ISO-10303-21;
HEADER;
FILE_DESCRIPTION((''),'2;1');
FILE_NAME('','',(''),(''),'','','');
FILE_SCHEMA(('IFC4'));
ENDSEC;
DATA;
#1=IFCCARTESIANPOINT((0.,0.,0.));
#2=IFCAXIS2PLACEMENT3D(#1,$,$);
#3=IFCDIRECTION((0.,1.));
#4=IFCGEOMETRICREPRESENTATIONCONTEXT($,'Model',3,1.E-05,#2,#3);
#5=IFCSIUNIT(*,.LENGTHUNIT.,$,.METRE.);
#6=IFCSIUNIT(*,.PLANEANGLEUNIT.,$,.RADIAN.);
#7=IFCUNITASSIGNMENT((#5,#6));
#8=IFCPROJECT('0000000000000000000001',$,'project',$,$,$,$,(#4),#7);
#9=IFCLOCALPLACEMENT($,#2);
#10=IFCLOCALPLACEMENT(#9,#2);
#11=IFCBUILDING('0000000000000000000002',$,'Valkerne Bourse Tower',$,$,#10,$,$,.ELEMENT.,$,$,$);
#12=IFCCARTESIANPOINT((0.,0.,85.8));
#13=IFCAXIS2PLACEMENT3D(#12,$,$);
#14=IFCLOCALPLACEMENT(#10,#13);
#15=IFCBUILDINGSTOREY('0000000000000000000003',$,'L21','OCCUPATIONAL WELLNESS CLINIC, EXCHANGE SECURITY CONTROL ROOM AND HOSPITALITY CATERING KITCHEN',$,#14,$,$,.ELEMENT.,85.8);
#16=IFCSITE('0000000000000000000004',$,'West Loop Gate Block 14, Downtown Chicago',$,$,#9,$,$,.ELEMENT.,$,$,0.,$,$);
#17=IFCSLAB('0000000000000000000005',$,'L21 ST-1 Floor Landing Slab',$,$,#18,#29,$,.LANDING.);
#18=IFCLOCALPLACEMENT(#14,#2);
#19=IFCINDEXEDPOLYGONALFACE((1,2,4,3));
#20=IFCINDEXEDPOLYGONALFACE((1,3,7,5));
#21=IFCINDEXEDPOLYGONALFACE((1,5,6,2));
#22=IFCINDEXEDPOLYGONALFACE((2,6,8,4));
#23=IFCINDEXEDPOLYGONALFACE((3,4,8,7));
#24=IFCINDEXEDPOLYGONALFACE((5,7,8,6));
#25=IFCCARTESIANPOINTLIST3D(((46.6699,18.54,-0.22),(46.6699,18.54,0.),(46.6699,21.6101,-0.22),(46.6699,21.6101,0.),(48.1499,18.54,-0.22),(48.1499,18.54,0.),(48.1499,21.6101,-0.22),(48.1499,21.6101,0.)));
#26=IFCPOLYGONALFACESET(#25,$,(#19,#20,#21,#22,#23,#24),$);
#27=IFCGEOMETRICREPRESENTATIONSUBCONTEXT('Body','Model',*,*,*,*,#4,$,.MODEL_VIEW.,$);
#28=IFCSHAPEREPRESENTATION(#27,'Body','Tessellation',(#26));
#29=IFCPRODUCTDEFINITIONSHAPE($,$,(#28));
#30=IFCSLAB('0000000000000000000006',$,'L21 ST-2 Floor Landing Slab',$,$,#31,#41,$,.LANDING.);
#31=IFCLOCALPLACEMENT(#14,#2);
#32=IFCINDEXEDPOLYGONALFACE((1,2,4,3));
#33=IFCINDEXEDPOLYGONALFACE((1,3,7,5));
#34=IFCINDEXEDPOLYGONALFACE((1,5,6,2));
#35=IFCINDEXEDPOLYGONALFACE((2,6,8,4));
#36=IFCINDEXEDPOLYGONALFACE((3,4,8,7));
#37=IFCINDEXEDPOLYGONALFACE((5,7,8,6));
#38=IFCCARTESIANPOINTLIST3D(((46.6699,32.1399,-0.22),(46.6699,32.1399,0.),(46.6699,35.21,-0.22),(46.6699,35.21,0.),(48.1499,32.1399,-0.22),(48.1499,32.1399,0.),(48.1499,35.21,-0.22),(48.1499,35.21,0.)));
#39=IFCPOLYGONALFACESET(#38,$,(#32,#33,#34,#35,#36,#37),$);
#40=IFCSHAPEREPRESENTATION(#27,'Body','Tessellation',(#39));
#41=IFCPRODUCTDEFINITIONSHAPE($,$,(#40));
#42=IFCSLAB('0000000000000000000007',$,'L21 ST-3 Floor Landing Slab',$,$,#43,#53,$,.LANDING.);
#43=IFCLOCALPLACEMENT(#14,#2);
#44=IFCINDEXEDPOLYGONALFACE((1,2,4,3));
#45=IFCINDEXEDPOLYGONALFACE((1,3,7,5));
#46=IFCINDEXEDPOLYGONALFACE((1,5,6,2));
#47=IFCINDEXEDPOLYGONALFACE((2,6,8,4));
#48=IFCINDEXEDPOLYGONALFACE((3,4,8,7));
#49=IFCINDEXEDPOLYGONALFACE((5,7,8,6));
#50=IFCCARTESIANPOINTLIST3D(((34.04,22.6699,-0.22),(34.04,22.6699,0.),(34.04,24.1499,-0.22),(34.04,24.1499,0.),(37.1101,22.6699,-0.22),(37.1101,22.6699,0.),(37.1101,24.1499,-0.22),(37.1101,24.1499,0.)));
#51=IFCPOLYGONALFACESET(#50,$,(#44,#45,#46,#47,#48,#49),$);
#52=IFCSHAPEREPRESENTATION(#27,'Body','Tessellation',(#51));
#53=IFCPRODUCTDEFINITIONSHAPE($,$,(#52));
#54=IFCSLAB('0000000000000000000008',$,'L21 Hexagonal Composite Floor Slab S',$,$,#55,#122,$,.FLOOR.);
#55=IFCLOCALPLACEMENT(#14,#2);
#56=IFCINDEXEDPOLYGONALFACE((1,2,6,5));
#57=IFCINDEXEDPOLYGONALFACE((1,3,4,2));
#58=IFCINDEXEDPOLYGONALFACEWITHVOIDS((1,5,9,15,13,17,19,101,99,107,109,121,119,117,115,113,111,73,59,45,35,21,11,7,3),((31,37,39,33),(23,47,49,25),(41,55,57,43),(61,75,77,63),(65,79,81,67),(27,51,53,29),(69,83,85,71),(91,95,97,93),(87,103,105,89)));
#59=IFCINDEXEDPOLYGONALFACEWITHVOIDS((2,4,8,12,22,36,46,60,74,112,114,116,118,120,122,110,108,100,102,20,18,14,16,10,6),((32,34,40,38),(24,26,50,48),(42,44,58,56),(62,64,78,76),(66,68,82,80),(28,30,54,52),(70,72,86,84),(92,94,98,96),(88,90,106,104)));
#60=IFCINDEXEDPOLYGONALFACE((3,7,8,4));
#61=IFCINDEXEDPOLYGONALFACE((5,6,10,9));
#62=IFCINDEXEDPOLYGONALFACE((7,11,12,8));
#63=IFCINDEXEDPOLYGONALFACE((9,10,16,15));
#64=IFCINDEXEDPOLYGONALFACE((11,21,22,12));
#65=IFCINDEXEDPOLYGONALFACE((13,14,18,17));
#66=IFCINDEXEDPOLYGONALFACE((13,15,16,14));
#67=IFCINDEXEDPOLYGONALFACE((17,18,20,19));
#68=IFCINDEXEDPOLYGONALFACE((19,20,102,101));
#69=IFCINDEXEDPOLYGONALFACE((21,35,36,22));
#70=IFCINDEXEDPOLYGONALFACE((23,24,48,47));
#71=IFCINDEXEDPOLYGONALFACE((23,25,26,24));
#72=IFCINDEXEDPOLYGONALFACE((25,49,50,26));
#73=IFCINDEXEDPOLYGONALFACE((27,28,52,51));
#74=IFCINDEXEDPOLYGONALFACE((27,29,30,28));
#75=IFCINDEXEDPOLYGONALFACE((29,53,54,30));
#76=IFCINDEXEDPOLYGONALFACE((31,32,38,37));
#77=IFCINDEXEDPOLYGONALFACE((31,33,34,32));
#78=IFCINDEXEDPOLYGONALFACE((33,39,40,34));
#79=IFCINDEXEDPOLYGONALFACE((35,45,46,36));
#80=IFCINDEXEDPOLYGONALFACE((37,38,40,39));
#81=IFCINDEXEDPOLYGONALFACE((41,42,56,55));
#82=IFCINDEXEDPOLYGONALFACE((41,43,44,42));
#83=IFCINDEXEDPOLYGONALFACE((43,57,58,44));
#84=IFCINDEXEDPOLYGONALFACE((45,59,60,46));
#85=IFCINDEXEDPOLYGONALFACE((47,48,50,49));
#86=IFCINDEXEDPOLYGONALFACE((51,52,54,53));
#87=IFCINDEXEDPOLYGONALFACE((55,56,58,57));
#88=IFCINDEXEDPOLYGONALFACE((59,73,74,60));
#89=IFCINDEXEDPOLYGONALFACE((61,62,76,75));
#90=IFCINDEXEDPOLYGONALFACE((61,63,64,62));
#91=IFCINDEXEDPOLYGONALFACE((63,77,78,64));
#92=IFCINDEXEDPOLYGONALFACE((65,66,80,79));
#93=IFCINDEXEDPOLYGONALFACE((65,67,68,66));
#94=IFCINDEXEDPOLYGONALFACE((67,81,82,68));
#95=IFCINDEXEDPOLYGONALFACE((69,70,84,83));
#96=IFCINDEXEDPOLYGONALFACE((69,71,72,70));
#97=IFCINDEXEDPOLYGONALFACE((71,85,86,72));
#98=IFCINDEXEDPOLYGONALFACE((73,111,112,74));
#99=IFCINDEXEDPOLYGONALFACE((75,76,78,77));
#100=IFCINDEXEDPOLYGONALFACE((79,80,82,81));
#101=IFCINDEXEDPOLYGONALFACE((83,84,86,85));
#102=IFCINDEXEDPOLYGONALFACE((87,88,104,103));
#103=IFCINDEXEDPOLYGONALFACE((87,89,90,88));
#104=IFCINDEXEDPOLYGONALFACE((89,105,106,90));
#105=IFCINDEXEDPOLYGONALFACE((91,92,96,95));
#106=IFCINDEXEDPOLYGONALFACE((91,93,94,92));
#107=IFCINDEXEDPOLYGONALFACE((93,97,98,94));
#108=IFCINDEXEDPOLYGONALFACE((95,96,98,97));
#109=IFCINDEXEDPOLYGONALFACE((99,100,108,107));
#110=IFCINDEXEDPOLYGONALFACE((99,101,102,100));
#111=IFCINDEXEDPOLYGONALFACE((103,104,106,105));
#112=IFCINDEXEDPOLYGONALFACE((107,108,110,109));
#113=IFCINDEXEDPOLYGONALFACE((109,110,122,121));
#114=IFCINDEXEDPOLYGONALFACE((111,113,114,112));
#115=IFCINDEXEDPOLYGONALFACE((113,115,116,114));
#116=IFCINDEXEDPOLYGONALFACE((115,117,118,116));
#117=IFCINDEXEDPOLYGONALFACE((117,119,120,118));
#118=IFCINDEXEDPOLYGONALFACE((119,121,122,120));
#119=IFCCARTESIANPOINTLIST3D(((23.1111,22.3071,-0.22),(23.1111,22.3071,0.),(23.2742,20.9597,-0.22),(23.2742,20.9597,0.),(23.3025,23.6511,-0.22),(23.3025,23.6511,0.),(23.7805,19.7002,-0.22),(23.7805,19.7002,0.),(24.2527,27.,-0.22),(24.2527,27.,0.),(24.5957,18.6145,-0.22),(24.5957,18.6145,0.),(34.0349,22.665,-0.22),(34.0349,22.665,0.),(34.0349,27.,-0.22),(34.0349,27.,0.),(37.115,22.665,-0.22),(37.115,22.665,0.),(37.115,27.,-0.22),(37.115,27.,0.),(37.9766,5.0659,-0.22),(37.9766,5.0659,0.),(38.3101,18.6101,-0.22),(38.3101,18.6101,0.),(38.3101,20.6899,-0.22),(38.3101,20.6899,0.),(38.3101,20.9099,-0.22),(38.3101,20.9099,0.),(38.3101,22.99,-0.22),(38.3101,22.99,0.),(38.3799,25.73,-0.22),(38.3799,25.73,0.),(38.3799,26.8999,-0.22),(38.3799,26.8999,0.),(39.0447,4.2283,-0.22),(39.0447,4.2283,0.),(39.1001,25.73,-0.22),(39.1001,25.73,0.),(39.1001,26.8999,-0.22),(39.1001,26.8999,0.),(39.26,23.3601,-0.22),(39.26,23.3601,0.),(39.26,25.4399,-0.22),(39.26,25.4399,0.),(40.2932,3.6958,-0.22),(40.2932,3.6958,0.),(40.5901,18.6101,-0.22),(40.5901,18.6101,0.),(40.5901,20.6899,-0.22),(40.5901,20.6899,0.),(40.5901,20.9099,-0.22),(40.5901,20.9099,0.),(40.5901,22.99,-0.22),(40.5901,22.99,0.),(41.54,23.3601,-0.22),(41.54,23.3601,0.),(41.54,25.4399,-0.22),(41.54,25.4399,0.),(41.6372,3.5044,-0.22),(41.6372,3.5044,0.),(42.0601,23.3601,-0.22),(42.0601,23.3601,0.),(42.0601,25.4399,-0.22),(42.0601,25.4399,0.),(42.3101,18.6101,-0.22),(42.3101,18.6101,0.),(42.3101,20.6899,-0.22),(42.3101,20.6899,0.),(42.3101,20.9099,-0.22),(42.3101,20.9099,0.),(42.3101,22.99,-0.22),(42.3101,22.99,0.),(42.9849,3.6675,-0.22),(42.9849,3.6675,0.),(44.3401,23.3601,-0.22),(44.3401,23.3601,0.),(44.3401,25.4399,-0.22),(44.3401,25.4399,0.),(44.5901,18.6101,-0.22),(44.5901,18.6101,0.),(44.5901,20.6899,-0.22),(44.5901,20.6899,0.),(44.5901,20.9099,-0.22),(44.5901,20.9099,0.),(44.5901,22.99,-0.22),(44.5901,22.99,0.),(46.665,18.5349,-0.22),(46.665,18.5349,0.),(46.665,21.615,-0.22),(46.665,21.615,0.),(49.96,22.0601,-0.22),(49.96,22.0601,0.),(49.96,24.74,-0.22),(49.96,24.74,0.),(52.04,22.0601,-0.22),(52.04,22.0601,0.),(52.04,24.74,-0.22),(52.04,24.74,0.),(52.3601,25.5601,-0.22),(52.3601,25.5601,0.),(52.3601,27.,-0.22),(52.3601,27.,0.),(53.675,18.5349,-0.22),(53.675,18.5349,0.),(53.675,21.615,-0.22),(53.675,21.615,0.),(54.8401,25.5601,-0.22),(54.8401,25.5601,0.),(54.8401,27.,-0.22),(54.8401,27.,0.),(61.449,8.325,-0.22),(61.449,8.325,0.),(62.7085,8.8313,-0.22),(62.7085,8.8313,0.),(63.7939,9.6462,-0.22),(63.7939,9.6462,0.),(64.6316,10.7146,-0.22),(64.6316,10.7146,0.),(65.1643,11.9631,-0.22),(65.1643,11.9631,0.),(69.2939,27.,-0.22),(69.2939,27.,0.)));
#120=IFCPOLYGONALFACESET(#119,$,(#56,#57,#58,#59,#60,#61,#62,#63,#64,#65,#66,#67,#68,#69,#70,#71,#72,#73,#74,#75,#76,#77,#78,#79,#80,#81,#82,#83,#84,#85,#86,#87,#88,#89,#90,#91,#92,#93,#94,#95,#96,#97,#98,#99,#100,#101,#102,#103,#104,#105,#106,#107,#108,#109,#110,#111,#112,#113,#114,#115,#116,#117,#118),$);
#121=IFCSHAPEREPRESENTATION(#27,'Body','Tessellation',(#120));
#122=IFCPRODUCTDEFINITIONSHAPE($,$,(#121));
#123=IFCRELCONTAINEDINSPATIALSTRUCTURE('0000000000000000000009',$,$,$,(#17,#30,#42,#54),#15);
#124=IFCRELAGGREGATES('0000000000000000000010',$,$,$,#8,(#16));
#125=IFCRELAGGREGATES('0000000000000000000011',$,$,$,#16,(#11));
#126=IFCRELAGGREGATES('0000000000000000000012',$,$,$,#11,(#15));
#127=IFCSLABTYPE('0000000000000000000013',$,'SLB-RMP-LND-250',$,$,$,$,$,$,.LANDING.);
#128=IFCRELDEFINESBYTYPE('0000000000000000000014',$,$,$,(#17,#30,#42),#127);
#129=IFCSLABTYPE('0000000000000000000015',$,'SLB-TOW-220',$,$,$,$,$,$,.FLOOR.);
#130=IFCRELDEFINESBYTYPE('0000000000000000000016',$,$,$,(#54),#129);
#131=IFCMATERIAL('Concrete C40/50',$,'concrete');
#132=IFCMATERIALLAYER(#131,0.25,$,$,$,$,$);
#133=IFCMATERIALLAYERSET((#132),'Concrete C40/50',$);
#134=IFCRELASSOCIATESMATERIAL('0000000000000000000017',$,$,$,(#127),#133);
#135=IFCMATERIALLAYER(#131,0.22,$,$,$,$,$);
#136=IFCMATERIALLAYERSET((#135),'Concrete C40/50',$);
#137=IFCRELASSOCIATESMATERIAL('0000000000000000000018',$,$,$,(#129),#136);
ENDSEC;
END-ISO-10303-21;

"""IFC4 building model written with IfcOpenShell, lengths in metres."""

from ifc_helpers import new_model, si_unit, direction, frame, origin, place, context, subcontext, project, spatial, polyline, outline, extrude, material, layer, layer_set, type_object, element, save


model = new_model("IFC4")

# Units and contexts
model_context = context("Model", 3, precision=1e-05, world=origin(), true_north=direction((0.0, 1.0)))
body_context = subcontext(model_context, "Body", "Model", "MODEL_VIEW")
ifc_project = project(units=[si_unit("LENGTHUNIT", "METRE"), si_unit("PLANEANGLEUNIT", "RADIAN")], contexts=[model_context])

# Site, building, storey
site_placement = place(None, origin())
site = spatial("IfcSite", under=ifc_project, at=site_placement, Name="West Loop Gate Block 14, Downtown Chicago", CompositionType="ELEMENT", RefElevation=0.0)
building_placement = place(site_placement, origin())
building = spatial("IfcBuilding", under=site, at=building_placement, Name="Valkerne Bourse Tower", CompositionType="ELEMENT")
storey_placement = place(building_placement, frame((0.0, 0.0, 85.8)))
storey = spatial("IfcBuildingStorey", under=building, at=storey_placement, Name="L21", Description="OCCUPATIONAL WELLNESS CLINIC, EXCHANGE SECURITY CONTROL ROOM AND HOSPITALITY CATERING KITCHEN", CompositionType="ELEMENT", Elevation=85.8)

# Slabs
ifc_material_1 = material(Name="Concrete C40/50", Category="concrete")
ifc_layer_1 = layer(ifc_material_1, 0.25)
ifc_layer_set_1 = layer_set([ifc_layer_1], Name="Concrete C40/50")
slab_type_1 = type_object("IfcSlabType", Name="SLB-RMP-LND-250", PredefinedType="LANDING", material=ifc_layer_set_1)
slab_1_placement = place(storey_placement, frame((0.0, 0.0, -0.22)))
element("IfcSlab", 1, at=slab_1_placement, inside=storey, type_object=slab_type_1, Name="L21 ST-1 Floor Landing Slab", PredefinedType="LANDING", context=body_context, shape_type="SweptSolid", body=[
    extrude(outline(polyline([(46.6699, 18.54), (48.1499, 18.54), (48.1499, 21.6101), (46.6699, 21.6101), (46.6699, 18.54)])), origin(), (0.0, 0.0, 1.0), 0.22),
])
slab_2_placement = place(storey_placement, frame((0.0, 0.0, -0.22)))
element("IfcSlab", 2, at=slab_2_placement, inside=storey, type_object=slab_type_1, Name="L21 ST-2 Floor Landing Slab", PredefinedType="LANDING", context=body_context, shape_type="SweptSolid", body=[
    extrude(outline(polyline([(46.6699, 32.1399), (48.1499, 32.1399), (48.1499, 35.21), (46.6699, 35.21), (46.6699, 32.1399)])), origin(), (0.0, 0.0, 1.0), 0.22),
])
slab_3_placement = place(storey_placement, frame((0.0, 0.0, -0.22)))
element("IfcSlab", 3, at=slab_3_placement, inside=storey, type_object=slab_type_1, Name="L21 ST-3 Floor Landing Slab", PredefinedType="LANDING", context=body_context, shape_type="SweptSolid", body=[
    extrude(outline(polyline([(37.1101, 22.6699), (37.1101, 24.1499), (34.04, 24.1499), (34.04, 22.6699), (37.1101, 22.6699)])), origin(), (0.0, 0.0, 1.0), 0.22),
])
ifc_layer_2 = layer(ifc_material_1, 0.22)
ifc_layer_set_2 = layer_set([ifc_layer_2], Name="Concrete C40/50")
slab_type_2 = type_object("IfcSlabType", Name="SLB-TOW-220", PredefinedType="FLOOR", material=ifc_layer_set_2)
slab_4_placement = place(storey_placement, frame((0.0, 0.0, -0.22)))
element("IfcSlab", 4, at=slab_4_placement, inside=storey, type_object=slab_type_2, Name="L21 Hexagonal Composite Floor Slab S", PredefinedType="FLOOR", context=body_context, shape_type="SweptSolid", body=[
    extrude(outline(polyline([(64.6316, 10.7146), (63.7939, 9.6462), (62.7085, 8.8313), (61.449, 8.325), (42.9849, 3.6675), (41.6372, 3.5044), (40.2932, 3.6958), (39.0447, 4.2283), (37.9766, 5.0659), (24.5957, 18.6145), (23.7805, 19.7002), (23.2742, 20.9597), (23.1111, 22.3071), (23.3025, 23.6511), (24.2527, 27.0), (34.0349, 27.0), (34.0349, 22.665), (37.115, 22.665), (37.115, 27.0), (52.3601, 27.0), (52.3601, 25.5601), (54.8401, 25.5601), (54.8401, 27.0), (69.2939, 27.0), (65.1643, 11.9631), (64.6316, 10.7146)]), holes=[polyline([(40.5901, 20.6899), (38.3101, 20.6899), (38.3101, 18.6101), (40.5901, 18.6101), (40.5901, 20.6899)]), polyline([(40.5901, 22.99), (38.3101, 22.99), (38.3101, 20.9099), (40.5901, 20.9099), (40.5901, 22.99)]), polyline([(41.54, 25.4399), (39.26, 25.4399), (39.26, 23.3601), (41.54, 23.3601), (41.54, 25.4399)]), polyline([(39.1001, 25.73), (39.1001, 26.8999), (38.3799, 26.8999), (38.3799, 25.73), (39.1001, 25.73)]), polyline([(44.5901, 20.6899), (42.3101, 20.6899), (42.3101, 18.6101), (44.5901, 18.6101), (44.5901, 20.6899)]), polyline([(53.675, 21.615), (46.665, 21.615), (46.665, 18.5349), (53.675, 18.5349), (53.675, 21.615)]), polyline([(44.5901, 22.99), (42.3101, 22.99), (42.3101, 20.9099), (44.5901, 20.9099), (44.5901, 22.99)]), polyline([(52.04, 22.0601), (52.04, 24.74), (49.96, 24.74), (49.96, 22.0601), (52.04, 22.0601)]), polyline([(44.3401, 23.3601), (44.3401, 25.4399), (42.0601, 25.4399), (42.0601, 23.3601), (44.3401, 23.3601)])]), origin(), (0.0, 0.0, 1.0), 0.22),
])

save(model, "model.ifc")
